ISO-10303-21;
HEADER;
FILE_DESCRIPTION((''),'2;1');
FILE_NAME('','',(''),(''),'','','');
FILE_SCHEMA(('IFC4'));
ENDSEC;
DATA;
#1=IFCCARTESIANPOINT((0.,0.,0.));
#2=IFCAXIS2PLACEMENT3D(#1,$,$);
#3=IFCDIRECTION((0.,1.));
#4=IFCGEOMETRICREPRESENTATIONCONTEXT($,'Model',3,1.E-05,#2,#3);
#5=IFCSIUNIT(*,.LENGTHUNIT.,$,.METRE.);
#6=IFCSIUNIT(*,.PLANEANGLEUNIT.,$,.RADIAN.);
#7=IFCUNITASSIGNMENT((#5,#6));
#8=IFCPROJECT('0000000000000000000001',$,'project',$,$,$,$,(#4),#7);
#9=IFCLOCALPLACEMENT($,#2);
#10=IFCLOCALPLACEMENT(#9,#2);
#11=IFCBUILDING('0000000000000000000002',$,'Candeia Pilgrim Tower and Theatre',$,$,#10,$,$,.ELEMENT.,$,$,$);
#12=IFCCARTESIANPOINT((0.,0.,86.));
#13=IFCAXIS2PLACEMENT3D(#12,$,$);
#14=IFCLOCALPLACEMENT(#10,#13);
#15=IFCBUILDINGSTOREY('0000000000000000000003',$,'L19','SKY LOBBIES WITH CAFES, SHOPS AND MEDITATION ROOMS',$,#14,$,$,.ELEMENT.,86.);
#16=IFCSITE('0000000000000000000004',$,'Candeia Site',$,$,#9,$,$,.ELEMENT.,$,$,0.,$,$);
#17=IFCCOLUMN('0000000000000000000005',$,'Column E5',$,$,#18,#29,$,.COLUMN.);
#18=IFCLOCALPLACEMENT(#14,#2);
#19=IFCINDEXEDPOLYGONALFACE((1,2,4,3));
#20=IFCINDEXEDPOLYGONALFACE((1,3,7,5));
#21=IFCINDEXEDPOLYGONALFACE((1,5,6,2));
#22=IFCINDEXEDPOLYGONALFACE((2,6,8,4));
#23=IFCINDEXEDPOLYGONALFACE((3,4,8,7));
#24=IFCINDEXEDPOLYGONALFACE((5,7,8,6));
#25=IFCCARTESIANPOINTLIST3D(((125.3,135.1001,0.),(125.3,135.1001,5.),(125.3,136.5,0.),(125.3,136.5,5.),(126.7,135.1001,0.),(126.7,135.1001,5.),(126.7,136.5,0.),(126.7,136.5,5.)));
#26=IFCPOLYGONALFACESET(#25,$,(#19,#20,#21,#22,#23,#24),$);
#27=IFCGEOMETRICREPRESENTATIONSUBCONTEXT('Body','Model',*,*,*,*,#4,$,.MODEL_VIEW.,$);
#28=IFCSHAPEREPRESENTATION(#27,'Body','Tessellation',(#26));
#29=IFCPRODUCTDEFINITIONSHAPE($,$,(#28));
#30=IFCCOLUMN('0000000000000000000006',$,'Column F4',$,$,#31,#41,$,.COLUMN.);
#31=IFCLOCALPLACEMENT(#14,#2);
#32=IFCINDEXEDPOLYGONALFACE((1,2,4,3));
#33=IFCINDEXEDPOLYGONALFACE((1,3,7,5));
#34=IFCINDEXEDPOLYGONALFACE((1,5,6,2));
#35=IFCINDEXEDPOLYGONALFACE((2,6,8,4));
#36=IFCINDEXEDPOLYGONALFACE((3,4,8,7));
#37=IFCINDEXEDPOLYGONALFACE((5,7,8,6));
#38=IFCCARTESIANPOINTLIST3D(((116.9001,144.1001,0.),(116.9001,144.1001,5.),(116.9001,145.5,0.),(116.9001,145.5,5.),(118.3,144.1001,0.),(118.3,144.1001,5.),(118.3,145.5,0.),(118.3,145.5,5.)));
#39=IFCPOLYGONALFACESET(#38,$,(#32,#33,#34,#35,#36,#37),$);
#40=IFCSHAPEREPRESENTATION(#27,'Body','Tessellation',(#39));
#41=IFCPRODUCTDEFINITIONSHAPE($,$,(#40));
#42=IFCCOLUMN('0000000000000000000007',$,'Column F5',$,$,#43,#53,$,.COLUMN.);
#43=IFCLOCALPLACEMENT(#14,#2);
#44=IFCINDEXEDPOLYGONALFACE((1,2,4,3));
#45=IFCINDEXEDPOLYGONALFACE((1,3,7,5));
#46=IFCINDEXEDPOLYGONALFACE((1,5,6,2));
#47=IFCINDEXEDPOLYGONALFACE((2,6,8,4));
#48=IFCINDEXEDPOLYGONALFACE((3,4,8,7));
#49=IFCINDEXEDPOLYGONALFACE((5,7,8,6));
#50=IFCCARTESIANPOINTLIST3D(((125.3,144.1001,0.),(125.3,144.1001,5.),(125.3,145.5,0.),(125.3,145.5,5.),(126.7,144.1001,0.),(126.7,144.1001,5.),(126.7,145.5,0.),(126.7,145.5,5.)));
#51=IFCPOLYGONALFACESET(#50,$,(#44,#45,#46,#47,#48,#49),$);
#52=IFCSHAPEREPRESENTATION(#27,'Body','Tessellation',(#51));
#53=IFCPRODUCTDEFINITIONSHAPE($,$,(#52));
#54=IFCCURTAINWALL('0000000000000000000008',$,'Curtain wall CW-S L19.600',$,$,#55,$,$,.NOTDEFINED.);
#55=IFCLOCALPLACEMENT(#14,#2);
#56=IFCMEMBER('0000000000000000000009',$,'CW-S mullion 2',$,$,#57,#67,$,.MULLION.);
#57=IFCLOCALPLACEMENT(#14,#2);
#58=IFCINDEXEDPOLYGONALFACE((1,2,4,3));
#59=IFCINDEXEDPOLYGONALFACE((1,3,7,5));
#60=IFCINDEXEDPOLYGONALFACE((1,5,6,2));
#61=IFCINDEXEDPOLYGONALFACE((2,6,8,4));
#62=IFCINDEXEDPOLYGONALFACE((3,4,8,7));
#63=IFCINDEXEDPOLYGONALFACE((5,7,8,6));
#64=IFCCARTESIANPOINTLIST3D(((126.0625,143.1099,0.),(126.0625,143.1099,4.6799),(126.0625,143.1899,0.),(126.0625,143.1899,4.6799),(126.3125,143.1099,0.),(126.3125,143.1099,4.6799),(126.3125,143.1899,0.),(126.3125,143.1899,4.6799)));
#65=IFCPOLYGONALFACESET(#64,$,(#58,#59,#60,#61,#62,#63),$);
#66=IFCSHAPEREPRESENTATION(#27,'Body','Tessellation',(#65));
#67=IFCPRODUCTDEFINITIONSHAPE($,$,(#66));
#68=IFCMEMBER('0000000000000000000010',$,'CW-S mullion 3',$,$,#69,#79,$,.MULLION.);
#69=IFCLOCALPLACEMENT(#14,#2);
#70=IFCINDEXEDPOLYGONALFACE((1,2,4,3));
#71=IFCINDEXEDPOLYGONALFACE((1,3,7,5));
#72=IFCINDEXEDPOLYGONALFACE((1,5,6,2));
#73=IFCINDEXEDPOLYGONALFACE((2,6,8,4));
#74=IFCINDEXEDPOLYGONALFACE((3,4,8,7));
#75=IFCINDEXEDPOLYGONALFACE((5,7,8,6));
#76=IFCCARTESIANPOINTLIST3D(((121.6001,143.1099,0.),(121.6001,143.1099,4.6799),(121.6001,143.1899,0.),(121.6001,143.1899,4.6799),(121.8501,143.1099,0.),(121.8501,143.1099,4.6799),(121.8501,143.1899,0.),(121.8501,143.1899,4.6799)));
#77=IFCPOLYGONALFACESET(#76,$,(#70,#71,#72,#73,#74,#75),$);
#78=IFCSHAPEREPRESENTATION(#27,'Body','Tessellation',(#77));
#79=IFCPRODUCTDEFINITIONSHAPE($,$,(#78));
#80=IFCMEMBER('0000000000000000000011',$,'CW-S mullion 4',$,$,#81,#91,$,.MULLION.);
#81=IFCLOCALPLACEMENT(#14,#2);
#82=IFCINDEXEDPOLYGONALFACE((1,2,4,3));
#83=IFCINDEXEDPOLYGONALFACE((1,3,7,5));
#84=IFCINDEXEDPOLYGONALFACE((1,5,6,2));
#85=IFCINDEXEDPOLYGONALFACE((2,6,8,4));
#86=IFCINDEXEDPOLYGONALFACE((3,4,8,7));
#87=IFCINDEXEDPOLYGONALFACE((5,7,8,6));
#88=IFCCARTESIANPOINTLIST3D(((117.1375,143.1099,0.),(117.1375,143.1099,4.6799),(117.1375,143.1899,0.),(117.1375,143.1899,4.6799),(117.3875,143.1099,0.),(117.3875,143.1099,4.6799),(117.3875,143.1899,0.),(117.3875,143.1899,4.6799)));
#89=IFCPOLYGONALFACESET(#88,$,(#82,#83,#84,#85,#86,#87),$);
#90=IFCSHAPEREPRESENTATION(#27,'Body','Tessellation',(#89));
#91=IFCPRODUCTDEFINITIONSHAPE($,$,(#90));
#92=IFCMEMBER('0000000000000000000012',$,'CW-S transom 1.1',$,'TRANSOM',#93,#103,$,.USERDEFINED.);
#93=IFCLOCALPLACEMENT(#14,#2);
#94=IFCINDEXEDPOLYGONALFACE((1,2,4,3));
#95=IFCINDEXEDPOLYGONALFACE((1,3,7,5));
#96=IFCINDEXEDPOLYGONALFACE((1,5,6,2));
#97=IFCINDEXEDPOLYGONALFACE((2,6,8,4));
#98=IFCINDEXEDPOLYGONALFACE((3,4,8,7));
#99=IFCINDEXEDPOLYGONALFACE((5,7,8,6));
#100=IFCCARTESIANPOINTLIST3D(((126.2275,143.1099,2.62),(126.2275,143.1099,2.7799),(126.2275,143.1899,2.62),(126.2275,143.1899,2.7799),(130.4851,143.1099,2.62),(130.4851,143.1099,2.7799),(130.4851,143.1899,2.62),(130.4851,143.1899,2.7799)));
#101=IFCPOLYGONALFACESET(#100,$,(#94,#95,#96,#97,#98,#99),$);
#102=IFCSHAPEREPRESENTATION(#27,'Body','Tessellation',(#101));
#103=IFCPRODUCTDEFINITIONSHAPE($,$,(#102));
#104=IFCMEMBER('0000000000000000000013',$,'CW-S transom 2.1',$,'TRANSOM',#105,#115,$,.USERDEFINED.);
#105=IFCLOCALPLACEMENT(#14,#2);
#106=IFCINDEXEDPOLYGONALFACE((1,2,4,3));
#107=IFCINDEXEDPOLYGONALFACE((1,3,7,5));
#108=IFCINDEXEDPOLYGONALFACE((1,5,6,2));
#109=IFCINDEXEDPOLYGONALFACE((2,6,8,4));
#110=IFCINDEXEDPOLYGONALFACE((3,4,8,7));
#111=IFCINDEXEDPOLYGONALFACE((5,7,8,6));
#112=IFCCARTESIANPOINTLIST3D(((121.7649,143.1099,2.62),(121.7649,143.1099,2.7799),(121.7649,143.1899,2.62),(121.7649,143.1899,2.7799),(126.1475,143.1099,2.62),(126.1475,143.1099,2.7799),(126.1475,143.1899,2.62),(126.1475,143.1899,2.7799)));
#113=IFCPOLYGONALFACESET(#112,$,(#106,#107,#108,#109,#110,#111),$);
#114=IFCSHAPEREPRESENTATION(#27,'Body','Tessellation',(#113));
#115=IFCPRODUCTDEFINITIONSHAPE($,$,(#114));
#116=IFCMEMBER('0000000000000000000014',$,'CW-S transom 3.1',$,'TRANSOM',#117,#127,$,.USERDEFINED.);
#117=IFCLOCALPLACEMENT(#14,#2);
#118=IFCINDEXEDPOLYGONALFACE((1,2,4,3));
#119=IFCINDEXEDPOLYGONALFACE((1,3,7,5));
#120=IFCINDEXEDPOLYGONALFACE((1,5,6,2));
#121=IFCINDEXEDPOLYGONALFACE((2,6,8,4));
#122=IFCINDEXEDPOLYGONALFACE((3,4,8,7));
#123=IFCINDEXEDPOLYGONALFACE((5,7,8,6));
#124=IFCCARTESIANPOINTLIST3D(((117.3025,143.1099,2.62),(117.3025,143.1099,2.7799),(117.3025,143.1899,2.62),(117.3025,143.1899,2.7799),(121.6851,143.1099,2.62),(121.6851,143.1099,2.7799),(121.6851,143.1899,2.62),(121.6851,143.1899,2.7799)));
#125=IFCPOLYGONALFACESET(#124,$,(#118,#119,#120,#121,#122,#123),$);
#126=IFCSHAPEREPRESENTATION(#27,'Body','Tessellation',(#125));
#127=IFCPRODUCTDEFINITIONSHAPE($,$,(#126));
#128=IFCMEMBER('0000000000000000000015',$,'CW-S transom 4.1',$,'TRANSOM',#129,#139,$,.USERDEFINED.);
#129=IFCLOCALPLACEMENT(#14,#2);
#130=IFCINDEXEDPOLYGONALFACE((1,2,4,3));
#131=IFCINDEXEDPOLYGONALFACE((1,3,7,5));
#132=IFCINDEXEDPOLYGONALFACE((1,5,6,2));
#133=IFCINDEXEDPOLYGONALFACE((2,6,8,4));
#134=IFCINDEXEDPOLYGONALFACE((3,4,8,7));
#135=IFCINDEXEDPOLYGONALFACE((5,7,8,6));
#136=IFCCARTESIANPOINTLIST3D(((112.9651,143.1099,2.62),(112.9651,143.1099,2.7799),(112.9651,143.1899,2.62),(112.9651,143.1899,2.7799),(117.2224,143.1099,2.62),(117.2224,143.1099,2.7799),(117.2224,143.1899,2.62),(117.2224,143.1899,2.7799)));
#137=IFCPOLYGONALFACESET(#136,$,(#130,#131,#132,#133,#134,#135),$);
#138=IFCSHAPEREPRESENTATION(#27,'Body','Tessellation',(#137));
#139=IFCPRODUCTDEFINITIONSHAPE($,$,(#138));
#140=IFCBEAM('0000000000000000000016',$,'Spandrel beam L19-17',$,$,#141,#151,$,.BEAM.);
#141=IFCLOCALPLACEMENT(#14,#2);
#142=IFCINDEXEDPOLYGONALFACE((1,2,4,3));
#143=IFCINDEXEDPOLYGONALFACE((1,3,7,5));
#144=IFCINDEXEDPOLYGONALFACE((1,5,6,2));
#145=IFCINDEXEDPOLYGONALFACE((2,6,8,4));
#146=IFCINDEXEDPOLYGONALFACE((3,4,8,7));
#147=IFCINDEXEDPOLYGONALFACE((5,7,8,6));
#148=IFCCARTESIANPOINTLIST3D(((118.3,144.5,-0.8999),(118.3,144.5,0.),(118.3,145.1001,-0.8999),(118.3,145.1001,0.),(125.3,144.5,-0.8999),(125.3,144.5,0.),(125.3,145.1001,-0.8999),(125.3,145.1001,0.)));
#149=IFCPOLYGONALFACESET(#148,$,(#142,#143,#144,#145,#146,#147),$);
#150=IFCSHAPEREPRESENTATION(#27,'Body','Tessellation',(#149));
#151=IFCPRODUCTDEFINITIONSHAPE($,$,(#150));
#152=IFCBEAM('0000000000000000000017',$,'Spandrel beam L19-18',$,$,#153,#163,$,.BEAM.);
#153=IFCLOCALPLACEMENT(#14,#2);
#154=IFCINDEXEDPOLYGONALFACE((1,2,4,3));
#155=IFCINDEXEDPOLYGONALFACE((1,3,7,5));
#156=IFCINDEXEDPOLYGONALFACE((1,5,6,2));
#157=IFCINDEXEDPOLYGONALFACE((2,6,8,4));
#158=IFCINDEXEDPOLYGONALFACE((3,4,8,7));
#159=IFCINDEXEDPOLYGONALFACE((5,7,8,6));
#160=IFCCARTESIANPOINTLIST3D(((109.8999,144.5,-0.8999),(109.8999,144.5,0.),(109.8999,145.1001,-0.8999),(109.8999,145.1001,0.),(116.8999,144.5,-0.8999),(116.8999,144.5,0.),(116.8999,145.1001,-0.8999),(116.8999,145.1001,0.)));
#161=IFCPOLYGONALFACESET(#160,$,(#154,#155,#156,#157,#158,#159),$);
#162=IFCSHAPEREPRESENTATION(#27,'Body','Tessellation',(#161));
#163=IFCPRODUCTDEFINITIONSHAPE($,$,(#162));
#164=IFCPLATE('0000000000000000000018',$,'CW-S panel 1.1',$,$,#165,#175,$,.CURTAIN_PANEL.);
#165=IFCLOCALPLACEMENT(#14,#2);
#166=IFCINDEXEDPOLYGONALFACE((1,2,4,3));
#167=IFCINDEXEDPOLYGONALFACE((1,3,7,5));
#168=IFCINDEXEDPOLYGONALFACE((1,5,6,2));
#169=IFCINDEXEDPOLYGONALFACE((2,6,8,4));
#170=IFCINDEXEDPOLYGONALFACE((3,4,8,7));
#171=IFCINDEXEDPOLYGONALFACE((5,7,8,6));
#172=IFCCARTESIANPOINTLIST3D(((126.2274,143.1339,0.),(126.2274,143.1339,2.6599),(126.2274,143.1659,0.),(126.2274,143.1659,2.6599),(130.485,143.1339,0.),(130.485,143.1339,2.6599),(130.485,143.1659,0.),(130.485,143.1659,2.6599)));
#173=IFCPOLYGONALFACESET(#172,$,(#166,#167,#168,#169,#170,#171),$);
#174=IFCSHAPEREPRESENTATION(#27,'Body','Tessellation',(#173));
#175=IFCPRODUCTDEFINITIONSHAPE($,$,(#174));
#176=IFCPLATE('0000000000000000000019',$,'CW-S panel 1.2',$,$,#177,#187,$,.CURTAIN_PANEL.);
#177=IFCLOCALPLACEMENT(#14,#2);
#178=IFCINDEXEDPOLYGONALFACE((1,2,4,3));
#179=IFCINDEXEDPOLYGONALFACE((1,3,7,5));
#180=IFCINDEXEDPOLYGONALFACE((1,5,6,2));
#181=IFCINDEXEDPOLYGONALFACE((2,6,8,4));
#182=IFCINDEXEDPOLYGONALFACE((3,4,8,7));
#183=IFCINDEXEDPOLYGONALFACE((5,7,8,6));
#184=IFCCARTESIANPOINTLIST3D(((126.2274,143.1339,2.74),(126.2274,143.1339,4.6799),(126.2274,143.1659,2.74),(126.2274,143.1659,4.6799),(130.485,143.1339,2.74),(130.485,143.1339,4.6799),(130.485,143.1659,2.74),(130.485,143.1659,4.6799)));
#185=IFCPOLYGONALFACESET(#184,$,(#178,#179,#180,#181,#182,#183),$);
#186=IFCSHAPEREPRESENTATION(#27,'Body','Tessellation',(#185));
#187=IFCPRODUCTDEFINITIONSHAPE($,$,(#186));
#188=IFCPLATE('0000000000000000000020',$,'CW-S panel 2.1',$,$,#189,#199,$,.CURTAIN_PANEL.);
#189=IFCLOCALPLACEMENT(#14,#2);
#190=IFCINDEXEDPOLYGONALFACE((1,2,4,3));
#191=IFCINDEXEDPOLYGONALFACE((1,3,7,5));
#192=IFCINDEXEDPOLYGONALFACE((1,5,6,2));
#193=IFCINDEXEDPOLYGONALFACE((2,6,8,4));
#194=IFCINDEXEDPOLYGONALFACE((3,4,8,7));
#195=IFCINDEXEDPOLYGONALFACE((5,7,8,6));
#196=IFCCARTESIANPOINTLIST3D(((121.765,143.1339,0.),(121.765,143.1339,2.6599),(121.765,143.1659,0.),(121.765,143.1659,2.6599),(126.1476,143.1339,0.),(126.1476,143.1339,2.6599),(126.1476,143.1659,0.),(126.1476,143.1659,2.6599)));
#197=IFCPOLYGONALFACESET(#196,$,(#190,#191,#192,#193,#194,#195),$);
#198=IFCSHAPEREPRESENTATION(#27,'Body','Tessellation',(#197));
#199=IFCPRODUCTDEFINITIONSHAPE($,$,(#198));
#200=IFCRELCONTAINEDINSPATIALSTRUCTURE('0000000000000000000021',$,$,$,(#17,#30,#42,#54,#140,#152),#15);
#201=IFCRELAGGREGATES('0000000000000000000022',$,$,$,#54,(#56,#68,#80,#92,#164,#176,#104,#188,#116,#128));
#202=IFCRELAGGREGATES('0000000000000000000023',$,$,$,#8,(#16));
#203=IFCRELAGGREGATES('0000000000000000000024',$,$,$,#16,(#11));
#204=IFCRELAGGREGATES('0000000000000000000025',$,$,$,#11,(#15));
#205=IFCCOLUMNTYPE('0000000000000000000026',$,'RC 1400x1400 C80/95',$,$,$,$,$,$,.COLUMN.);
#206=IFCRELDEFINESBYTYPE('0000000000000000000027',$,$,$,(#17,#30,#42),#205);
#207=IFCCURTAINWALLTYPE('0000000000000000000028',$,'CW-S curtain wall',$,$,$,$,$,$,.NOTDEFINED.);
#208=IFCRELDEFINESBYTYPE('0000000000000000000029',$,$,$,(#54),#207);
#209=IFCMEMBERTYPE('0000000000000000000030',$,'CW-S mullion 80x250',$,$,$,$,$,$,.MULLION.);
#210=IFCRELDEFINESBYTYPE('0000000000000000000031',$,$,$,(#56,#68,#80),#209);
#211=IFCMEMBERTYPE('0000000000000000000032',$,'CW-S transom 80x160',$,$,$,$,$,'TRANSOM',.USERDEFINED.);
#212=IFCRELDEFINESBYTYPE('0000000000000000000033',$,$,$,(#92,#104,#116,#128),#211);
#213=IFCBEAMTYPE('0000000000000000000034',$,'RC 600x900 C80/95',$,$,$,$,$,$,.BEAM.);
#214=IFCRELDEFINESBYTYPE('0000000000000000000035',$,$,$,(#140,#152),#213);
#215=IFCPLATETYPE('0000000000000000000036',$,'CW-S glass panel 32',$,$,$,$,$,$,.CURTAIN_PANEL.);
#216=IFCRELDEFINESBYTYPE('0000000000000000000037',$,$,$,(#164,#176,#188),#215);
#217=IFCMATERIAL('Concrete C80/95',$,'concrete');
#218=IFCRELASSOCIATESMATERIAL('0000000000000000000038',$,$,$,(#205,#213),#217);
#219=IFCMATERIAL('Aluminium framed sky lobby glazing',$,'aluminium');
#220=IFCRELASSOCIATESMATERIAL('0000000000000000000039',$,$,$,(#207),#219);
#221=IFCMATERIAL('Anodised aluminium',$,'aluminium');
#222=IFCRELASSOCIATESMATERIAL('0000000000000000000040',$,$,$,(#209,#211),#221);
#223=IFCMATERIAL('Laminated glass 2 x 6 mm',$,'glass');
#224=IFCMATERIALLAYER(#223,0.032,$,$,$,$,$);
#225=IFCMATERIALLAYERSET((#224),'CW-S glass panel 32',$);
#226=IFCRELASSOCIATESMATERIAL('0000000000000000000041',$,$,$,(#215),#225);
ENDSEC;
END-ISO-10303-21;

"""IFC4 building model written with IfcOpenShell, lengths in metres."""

from ifc_helpers import new_model, si_unit, direction, frame, origin, origin_2d, place, context, subcontext, project, spatial, rectangle, extrude, material, layer, layer_set, material_profile, profile_set, type_object, element, aggregate, save


model = new_model("IFC4")

# Units and contexts
model_context = context("Model", 3, precision=1e-05, world=origin(), true_north=direction((0.0, 1.0)))
body_context = subcontext(model_context, "Body", "Model", "MODEL_VIEW")
ifc_project = project(units=[si_unit("LENGTHUNIT", "METRE"), si_unit("PLANEANGLEUNIT", "RADIAN")], contexts=[model_context])

# Site, building, storey
site_placement = place(None, origin())
site = spatial("IfcSite", under=ifc_project, at=site_placement, Name="Candeia Site", CompositionType="ELEMENT", RefElevation=0.0)
building_placement = place(site_placement, origin())
building = spatial("IfcBuilding", under=site, at=building_placement, Name="Candeia Pilgrim Tower and Theatre", CompositionType="ELEMENT")
storey_placement = place(building_placement, frame((0.0, 0.0, 86.0)))
storey = spatial("IfcBuildingStorey", under=building, at=storey_placement, Name="L19", Description="SKY LOBBIES WITH CAFES, SHOPS AND MEDITATION ROOMS", CompositionType="ELEMENT", Elevation=86.0)

# Columns
ifc_material_1 = material(Name="Concrete C80/95", Category="concrete")
ifc_material_profile_1 = material_profile(ifc_material_1, rectangle(XDim=1.3999, YDim=1.3999, at=origin_2d()))
ifc_profile_set_1 = profile_set([ifc_material_profile_1], Name="Concrete C80/95")
column_type = type_object("IfcColumnType", Name="RC 1400x1400 C80/95", PredefinedType="COLUMN", material=ifc_profile_set_1)
for number, where, z_axis, x_axis, name in (
    (1, (126.0, 135.8, 0.0), (0.0, 0.0, 1.0), (1.0, 0.0, 0.0), "Column E5"),
    (2, (117.6001, 144.8, 0.0), (0.0, 0.0, 1.0), (1.0, 0.0, 0.0), "Column F4"),
    (3, (126.0, 144.8, 0.0), (0.0, 0.0, 1.0), (1.0, 0.0, 0.0), "Column F5"),
):
    element("IfcColumn", number, at=place(storey_placement, frame(where, z_axis=z_axis, x_axis=x_axis)), inside=storey, type_object=column_type, Name=name, PredefinedType="COLUMN", context=body_context, shape_type="SweptSolid", body=[
        extrude(rectangle(XDim=1.3999, YDim=1.3999, at=origin_2d()), origin(), (0.0, 0.0, 1.0), 5.0),
    ])

# Curtain wall, members
ifc_material_2 = material(Name="Aluminium framed sky lobby glazing", Category="aluminium")
curtain_wall_type = type_object("IfcCurtainWallType", Name="CW-S curtain wall", PredefinedType="NOTDEFINED", material=ifc_material_2)
curtain_wall_placement = place(storey_placement, origin())
curtain_wall = element("IfcCurtainWall", 4, at=curtain_wall_placement, inside=storey, type_object=curtain_wall_type, Name="Curtain wall CW-S L19.600", PredefinedType="NOTDEFINED")
ifc_material_3 = material(Name="Anodised aluminium", Category="aluminium")
ifc_material_profile_2 = material_profile(ifc_material_3, rectangle(XDim=0.0801, YDim=0.25, at=origin_2d()))
ifc_profile_set_2 = profile_set([ifc_material_profile_2], Name="Anodised aluminium")
member_type_1 = type_object("IfcMemberType", Name="CW-S mullion 80x250", PredefinedType="MULLION", material=ifc_profile_set_2)
member_1_placement = place(storey_placement, frame((126.1875, 143.1499, 0.0), z_axis=(0.0, 0.0, 1.0), x_axis=(0.0, -1.0, 0.0)))
member_1 = element("IfcMember", 5, at=member_1_placement, type_object=member_type_1, Name="CW-S mullion 2", PredefinedType="MULLION", context=body_context, shape_type="SweptSolid", body=[
    extrude(rectangle(XDim=0.0801, YDim=0.25, at=origin_2d()), origin(), (0.0, 0.0, 1.0), 4.6799),
])
member_2_placement = place(storey_placement, frame((121.7251, 143.1499, 0.0), z_axis=(0.0, 0.0, 1.0), x_axis=(0.0, -1.0, 0.0)))
member_2 = element("IfcMember", 6, at=member_2_placement, type_object=member_type_1, Name="CW-S mullion 3", PredefinedType="MULLION", context=body_context, shape_type="SweptSolid", body=[
    extrude(rectangle(XDim=0.0801, YDim=0.25, at=origin_2d()), origin(), (0.0, 0.0, 1.0), 4.6799),
])
member_3_placement = place(storey_placement, frame((117.2625, 143.1499, 0.0), z_axis=(0.0, 0.0, 1.0), x_axis=(0.0, -1.0, 0.0)))
member_3 = element("IfcMember", 7, at=member_3_placement, type_object=member_type_1, Name="CW-S mullion 4", PredefinedType="MULLION", context=body_context, shape_type="SweptSolid", body=[
    extrude(rectangle(XDim=0.0801, YDim=0.25, at=origin_2d()), origin(), (0.0, 0.0, 1.0), 4.6799),
])
ifc_material_profile_3 = material_profile(ifc_material_3, rectangle(XDim=0.0801, YDim=0.1599, at=origin_2d()))
ifc_profile_set_3 = profile_set([ifc_material_profile_3], Name="Anodised aluminium")
member_type_2 = type_object("IfcMemberType", Name="CW-S transom 80x160", ElementType="TRANSOM", PredefinedType="USERDEFINED", material=ifc_profile_set_3)
member_4_placement = place(storey_placement, frame((130.4851, 143.1499, 2.7), z_axis=(-1.0, 0.0, 0.0), x_axis=(0.0, -1.0, 0.0)))
member_4 = element("IfcMember", 8, at=member_4_placement, type_object=member_type_2, Name="CW-S transom 1.1", ObjectType="TRANSOM", PredefinedType="USERDEFINED", context=body_context, shape_type="SweptSolid", body=[
    extrude(rectangle(XDim=0.0801, YDim=0.1599, at=origin_2d()), origin(), (0.0, 0.0, 1.0), 4.2576),
])
member_5_placement = place(storey_placement, frame((126.1475, 143.1499, 2.7), z_axis=(-1.0, 0.0, 0.0), x_axis=(0.0, -1.0, 0.0)))
member_5 = element("IfcMember", 9, at=member_5_placement, type_object=member_type_2, Name="CW-S transom 2.1", ObjectType="TRANSOM", PredefinedType="USERDEFINED", context=body_context, shape_type="SweptSolid", body=[
    extrude(rectangle(XDim=0.0801, YDim=0.1599, at=origin_2d()), origin(), (0.0, 0.0, 1.0), 4.3826),
])
member_6_placement = place(storey_placement, frame((121.6851, 143.1499, 2.7), z_axis=(-1.0, 0.0, 0.0), x_axis=(0.0, -1.0, 0.0)))
member_6 = element("IfcMember", 10, at=member_6_placement, type_object=member_type_2, Name="CW-S transom 3.1", ObjectType="TRANSOM", PredefinedType="USERDEFINED", context=body_context, shape_type="SweptSolid", body=[
    extrude(rectangle(XDim=0.0801, YDim=0.1599, at=origin_2d()), origin(), (0.0, 0.0, 1.0), 4.3826),
])
member_7_placement = place(storey_placement, frame((117.2224, 143.1499, 2.7), z_axis=(-1.0, 0.0, 0.0), x_axis=(0.0, -1.0, 0.0)))
member_7 = element("IfcMember", 11, at=member_7_placement, type_object=member_type_2, Name="CW-S transom 4.1", ObjectType="TRANSOM", PredefinedType="USERDEFINED", context=body_context, shape_type="SweptSolid", body=[
    extrude(rectangle(XDim=0.0801, YDim=0.1599, at=origin_2d()), origin(), (0.0, 0.0, 1.0), 4.2573),
])

# Beams
ifc_material_profile_4 = material_profile(ifc_material_1, rectangle(XDim=0.6001, YDim=0.8999, at=origin_2d()))
ifc_profile_set_4 = profile_set([ifc_material_profile_4], Name="Concrete C80/95")
beam_type = type_object("IfcBeamType", Name="RC 600x900 C80/95", PredefinedType="BEAM", material=ifc_profile_set_4)
for number, where, z_axis, x_axis, name in (
    (12, (125.3, 144.8, -0.45), (-1.0, 0.0, 0.0), (0.0, -1.0, 0.0), "Spandrel beam L19-17"),
    (13, (116.8999, 144.8, -0.45), (-1.0, 0.0, 0.0), (0.0, -1.0, 0.0), "Spandrel beam L19-18"),
):
    element("IfcBeam", number, at=place(storey_placement, frame(where, z_axis=z_axis, x_axis=x_axis)), inside=storey, type_object=beam_type, Name=name, PredefinedType="BEAM", context=body_context, shape_type="SweptSolid", body=[
        extrude(rectangle(XDim=0.6001, YDim=0.8999, at=origin_2d()), origin(), (0.0, 0.0, 1.0), 7.0),
    ])

# Plates
ifc_material_4 = material(Name="Laminated glass 2 x 6 mm", Category="glass")
ifc_layer_1 = layer(ifc_material_4, 0.032)
ifc_layer_set_1 = layer_set([ifc_layer_1], Name="CW-S glass panel 32")
plate_type = type_object("IfcPlateType", Name="CW-S glass panel 32", PredefinedType="CURTAIN_PANEL", material=ifc_layer_set_1)
plate_1_placement = place(storey_placement, frame((128.3562, 143.1499, 0.0), z_axis=(0.0, 0.0, 1.0), x_axis=(-1.0, 0.0, 0.0)))
plate_1 = element("IfcPlate", 14, at=plate_1_placement, type_object=plate_type, Name="CW-S panel 1.1", PredefinedType="CURTAIN_PANEL", context=body_context, shape_type="SweptSolid", body=[
    extrude(rectangle(XDim=4.2576, YDim=0.032, at=origin_2d()), origin(), (0.0, 0.0, 1.0), 2.6599),
])
plate_2_placement = place(storey_placement, frame((128.3562, 143.1499, 2.74), z_axis=(0.0, 0.0, 1.0), x_axis=(-1.0, 0.0, 0.0)))
plate_2 = element("IfcPlate", 15, at=plate_2_placement, type_object=plate_type, Name="CW-S panel 1.2", PredefinedType="CURTAIN_PANEL", context=body_context, shape_type="SweptSolid", body=[
    extrude(rectangle(XDim=4.2576, YDim=0.032, at=origin_2d()), origin(), (0.0, 0.0, 1.0), 1.9399),
])
plate_3_placement = place(storey_placement, frame((123.9563, 143.1499, 0.0), z_axis=(0.0, 0.0, 1.0), x_axis=(-1.0, 0.0, 0.0)))
plate_3 = element("IfcPlate", 16, at=plate_3_placement, type_object=plate_type, Name="CW-S panel 2.1", PredefinedType="CURTAIN_PANEL", context=body_context, shape_type="SweptSolid", body=[
    extrude(rectangle(XDim=4.3826, YDim=0.032, at=origin_2d()), origin(), (0.0, 0.0, 1.0), 2.6599),
])
aggregate(curtain_wall, [member_1, member_2, member_3, member_4, plate_1, plate_2, member_5, plate_3, member_6, member_7])

save(model, "model.ifc")
